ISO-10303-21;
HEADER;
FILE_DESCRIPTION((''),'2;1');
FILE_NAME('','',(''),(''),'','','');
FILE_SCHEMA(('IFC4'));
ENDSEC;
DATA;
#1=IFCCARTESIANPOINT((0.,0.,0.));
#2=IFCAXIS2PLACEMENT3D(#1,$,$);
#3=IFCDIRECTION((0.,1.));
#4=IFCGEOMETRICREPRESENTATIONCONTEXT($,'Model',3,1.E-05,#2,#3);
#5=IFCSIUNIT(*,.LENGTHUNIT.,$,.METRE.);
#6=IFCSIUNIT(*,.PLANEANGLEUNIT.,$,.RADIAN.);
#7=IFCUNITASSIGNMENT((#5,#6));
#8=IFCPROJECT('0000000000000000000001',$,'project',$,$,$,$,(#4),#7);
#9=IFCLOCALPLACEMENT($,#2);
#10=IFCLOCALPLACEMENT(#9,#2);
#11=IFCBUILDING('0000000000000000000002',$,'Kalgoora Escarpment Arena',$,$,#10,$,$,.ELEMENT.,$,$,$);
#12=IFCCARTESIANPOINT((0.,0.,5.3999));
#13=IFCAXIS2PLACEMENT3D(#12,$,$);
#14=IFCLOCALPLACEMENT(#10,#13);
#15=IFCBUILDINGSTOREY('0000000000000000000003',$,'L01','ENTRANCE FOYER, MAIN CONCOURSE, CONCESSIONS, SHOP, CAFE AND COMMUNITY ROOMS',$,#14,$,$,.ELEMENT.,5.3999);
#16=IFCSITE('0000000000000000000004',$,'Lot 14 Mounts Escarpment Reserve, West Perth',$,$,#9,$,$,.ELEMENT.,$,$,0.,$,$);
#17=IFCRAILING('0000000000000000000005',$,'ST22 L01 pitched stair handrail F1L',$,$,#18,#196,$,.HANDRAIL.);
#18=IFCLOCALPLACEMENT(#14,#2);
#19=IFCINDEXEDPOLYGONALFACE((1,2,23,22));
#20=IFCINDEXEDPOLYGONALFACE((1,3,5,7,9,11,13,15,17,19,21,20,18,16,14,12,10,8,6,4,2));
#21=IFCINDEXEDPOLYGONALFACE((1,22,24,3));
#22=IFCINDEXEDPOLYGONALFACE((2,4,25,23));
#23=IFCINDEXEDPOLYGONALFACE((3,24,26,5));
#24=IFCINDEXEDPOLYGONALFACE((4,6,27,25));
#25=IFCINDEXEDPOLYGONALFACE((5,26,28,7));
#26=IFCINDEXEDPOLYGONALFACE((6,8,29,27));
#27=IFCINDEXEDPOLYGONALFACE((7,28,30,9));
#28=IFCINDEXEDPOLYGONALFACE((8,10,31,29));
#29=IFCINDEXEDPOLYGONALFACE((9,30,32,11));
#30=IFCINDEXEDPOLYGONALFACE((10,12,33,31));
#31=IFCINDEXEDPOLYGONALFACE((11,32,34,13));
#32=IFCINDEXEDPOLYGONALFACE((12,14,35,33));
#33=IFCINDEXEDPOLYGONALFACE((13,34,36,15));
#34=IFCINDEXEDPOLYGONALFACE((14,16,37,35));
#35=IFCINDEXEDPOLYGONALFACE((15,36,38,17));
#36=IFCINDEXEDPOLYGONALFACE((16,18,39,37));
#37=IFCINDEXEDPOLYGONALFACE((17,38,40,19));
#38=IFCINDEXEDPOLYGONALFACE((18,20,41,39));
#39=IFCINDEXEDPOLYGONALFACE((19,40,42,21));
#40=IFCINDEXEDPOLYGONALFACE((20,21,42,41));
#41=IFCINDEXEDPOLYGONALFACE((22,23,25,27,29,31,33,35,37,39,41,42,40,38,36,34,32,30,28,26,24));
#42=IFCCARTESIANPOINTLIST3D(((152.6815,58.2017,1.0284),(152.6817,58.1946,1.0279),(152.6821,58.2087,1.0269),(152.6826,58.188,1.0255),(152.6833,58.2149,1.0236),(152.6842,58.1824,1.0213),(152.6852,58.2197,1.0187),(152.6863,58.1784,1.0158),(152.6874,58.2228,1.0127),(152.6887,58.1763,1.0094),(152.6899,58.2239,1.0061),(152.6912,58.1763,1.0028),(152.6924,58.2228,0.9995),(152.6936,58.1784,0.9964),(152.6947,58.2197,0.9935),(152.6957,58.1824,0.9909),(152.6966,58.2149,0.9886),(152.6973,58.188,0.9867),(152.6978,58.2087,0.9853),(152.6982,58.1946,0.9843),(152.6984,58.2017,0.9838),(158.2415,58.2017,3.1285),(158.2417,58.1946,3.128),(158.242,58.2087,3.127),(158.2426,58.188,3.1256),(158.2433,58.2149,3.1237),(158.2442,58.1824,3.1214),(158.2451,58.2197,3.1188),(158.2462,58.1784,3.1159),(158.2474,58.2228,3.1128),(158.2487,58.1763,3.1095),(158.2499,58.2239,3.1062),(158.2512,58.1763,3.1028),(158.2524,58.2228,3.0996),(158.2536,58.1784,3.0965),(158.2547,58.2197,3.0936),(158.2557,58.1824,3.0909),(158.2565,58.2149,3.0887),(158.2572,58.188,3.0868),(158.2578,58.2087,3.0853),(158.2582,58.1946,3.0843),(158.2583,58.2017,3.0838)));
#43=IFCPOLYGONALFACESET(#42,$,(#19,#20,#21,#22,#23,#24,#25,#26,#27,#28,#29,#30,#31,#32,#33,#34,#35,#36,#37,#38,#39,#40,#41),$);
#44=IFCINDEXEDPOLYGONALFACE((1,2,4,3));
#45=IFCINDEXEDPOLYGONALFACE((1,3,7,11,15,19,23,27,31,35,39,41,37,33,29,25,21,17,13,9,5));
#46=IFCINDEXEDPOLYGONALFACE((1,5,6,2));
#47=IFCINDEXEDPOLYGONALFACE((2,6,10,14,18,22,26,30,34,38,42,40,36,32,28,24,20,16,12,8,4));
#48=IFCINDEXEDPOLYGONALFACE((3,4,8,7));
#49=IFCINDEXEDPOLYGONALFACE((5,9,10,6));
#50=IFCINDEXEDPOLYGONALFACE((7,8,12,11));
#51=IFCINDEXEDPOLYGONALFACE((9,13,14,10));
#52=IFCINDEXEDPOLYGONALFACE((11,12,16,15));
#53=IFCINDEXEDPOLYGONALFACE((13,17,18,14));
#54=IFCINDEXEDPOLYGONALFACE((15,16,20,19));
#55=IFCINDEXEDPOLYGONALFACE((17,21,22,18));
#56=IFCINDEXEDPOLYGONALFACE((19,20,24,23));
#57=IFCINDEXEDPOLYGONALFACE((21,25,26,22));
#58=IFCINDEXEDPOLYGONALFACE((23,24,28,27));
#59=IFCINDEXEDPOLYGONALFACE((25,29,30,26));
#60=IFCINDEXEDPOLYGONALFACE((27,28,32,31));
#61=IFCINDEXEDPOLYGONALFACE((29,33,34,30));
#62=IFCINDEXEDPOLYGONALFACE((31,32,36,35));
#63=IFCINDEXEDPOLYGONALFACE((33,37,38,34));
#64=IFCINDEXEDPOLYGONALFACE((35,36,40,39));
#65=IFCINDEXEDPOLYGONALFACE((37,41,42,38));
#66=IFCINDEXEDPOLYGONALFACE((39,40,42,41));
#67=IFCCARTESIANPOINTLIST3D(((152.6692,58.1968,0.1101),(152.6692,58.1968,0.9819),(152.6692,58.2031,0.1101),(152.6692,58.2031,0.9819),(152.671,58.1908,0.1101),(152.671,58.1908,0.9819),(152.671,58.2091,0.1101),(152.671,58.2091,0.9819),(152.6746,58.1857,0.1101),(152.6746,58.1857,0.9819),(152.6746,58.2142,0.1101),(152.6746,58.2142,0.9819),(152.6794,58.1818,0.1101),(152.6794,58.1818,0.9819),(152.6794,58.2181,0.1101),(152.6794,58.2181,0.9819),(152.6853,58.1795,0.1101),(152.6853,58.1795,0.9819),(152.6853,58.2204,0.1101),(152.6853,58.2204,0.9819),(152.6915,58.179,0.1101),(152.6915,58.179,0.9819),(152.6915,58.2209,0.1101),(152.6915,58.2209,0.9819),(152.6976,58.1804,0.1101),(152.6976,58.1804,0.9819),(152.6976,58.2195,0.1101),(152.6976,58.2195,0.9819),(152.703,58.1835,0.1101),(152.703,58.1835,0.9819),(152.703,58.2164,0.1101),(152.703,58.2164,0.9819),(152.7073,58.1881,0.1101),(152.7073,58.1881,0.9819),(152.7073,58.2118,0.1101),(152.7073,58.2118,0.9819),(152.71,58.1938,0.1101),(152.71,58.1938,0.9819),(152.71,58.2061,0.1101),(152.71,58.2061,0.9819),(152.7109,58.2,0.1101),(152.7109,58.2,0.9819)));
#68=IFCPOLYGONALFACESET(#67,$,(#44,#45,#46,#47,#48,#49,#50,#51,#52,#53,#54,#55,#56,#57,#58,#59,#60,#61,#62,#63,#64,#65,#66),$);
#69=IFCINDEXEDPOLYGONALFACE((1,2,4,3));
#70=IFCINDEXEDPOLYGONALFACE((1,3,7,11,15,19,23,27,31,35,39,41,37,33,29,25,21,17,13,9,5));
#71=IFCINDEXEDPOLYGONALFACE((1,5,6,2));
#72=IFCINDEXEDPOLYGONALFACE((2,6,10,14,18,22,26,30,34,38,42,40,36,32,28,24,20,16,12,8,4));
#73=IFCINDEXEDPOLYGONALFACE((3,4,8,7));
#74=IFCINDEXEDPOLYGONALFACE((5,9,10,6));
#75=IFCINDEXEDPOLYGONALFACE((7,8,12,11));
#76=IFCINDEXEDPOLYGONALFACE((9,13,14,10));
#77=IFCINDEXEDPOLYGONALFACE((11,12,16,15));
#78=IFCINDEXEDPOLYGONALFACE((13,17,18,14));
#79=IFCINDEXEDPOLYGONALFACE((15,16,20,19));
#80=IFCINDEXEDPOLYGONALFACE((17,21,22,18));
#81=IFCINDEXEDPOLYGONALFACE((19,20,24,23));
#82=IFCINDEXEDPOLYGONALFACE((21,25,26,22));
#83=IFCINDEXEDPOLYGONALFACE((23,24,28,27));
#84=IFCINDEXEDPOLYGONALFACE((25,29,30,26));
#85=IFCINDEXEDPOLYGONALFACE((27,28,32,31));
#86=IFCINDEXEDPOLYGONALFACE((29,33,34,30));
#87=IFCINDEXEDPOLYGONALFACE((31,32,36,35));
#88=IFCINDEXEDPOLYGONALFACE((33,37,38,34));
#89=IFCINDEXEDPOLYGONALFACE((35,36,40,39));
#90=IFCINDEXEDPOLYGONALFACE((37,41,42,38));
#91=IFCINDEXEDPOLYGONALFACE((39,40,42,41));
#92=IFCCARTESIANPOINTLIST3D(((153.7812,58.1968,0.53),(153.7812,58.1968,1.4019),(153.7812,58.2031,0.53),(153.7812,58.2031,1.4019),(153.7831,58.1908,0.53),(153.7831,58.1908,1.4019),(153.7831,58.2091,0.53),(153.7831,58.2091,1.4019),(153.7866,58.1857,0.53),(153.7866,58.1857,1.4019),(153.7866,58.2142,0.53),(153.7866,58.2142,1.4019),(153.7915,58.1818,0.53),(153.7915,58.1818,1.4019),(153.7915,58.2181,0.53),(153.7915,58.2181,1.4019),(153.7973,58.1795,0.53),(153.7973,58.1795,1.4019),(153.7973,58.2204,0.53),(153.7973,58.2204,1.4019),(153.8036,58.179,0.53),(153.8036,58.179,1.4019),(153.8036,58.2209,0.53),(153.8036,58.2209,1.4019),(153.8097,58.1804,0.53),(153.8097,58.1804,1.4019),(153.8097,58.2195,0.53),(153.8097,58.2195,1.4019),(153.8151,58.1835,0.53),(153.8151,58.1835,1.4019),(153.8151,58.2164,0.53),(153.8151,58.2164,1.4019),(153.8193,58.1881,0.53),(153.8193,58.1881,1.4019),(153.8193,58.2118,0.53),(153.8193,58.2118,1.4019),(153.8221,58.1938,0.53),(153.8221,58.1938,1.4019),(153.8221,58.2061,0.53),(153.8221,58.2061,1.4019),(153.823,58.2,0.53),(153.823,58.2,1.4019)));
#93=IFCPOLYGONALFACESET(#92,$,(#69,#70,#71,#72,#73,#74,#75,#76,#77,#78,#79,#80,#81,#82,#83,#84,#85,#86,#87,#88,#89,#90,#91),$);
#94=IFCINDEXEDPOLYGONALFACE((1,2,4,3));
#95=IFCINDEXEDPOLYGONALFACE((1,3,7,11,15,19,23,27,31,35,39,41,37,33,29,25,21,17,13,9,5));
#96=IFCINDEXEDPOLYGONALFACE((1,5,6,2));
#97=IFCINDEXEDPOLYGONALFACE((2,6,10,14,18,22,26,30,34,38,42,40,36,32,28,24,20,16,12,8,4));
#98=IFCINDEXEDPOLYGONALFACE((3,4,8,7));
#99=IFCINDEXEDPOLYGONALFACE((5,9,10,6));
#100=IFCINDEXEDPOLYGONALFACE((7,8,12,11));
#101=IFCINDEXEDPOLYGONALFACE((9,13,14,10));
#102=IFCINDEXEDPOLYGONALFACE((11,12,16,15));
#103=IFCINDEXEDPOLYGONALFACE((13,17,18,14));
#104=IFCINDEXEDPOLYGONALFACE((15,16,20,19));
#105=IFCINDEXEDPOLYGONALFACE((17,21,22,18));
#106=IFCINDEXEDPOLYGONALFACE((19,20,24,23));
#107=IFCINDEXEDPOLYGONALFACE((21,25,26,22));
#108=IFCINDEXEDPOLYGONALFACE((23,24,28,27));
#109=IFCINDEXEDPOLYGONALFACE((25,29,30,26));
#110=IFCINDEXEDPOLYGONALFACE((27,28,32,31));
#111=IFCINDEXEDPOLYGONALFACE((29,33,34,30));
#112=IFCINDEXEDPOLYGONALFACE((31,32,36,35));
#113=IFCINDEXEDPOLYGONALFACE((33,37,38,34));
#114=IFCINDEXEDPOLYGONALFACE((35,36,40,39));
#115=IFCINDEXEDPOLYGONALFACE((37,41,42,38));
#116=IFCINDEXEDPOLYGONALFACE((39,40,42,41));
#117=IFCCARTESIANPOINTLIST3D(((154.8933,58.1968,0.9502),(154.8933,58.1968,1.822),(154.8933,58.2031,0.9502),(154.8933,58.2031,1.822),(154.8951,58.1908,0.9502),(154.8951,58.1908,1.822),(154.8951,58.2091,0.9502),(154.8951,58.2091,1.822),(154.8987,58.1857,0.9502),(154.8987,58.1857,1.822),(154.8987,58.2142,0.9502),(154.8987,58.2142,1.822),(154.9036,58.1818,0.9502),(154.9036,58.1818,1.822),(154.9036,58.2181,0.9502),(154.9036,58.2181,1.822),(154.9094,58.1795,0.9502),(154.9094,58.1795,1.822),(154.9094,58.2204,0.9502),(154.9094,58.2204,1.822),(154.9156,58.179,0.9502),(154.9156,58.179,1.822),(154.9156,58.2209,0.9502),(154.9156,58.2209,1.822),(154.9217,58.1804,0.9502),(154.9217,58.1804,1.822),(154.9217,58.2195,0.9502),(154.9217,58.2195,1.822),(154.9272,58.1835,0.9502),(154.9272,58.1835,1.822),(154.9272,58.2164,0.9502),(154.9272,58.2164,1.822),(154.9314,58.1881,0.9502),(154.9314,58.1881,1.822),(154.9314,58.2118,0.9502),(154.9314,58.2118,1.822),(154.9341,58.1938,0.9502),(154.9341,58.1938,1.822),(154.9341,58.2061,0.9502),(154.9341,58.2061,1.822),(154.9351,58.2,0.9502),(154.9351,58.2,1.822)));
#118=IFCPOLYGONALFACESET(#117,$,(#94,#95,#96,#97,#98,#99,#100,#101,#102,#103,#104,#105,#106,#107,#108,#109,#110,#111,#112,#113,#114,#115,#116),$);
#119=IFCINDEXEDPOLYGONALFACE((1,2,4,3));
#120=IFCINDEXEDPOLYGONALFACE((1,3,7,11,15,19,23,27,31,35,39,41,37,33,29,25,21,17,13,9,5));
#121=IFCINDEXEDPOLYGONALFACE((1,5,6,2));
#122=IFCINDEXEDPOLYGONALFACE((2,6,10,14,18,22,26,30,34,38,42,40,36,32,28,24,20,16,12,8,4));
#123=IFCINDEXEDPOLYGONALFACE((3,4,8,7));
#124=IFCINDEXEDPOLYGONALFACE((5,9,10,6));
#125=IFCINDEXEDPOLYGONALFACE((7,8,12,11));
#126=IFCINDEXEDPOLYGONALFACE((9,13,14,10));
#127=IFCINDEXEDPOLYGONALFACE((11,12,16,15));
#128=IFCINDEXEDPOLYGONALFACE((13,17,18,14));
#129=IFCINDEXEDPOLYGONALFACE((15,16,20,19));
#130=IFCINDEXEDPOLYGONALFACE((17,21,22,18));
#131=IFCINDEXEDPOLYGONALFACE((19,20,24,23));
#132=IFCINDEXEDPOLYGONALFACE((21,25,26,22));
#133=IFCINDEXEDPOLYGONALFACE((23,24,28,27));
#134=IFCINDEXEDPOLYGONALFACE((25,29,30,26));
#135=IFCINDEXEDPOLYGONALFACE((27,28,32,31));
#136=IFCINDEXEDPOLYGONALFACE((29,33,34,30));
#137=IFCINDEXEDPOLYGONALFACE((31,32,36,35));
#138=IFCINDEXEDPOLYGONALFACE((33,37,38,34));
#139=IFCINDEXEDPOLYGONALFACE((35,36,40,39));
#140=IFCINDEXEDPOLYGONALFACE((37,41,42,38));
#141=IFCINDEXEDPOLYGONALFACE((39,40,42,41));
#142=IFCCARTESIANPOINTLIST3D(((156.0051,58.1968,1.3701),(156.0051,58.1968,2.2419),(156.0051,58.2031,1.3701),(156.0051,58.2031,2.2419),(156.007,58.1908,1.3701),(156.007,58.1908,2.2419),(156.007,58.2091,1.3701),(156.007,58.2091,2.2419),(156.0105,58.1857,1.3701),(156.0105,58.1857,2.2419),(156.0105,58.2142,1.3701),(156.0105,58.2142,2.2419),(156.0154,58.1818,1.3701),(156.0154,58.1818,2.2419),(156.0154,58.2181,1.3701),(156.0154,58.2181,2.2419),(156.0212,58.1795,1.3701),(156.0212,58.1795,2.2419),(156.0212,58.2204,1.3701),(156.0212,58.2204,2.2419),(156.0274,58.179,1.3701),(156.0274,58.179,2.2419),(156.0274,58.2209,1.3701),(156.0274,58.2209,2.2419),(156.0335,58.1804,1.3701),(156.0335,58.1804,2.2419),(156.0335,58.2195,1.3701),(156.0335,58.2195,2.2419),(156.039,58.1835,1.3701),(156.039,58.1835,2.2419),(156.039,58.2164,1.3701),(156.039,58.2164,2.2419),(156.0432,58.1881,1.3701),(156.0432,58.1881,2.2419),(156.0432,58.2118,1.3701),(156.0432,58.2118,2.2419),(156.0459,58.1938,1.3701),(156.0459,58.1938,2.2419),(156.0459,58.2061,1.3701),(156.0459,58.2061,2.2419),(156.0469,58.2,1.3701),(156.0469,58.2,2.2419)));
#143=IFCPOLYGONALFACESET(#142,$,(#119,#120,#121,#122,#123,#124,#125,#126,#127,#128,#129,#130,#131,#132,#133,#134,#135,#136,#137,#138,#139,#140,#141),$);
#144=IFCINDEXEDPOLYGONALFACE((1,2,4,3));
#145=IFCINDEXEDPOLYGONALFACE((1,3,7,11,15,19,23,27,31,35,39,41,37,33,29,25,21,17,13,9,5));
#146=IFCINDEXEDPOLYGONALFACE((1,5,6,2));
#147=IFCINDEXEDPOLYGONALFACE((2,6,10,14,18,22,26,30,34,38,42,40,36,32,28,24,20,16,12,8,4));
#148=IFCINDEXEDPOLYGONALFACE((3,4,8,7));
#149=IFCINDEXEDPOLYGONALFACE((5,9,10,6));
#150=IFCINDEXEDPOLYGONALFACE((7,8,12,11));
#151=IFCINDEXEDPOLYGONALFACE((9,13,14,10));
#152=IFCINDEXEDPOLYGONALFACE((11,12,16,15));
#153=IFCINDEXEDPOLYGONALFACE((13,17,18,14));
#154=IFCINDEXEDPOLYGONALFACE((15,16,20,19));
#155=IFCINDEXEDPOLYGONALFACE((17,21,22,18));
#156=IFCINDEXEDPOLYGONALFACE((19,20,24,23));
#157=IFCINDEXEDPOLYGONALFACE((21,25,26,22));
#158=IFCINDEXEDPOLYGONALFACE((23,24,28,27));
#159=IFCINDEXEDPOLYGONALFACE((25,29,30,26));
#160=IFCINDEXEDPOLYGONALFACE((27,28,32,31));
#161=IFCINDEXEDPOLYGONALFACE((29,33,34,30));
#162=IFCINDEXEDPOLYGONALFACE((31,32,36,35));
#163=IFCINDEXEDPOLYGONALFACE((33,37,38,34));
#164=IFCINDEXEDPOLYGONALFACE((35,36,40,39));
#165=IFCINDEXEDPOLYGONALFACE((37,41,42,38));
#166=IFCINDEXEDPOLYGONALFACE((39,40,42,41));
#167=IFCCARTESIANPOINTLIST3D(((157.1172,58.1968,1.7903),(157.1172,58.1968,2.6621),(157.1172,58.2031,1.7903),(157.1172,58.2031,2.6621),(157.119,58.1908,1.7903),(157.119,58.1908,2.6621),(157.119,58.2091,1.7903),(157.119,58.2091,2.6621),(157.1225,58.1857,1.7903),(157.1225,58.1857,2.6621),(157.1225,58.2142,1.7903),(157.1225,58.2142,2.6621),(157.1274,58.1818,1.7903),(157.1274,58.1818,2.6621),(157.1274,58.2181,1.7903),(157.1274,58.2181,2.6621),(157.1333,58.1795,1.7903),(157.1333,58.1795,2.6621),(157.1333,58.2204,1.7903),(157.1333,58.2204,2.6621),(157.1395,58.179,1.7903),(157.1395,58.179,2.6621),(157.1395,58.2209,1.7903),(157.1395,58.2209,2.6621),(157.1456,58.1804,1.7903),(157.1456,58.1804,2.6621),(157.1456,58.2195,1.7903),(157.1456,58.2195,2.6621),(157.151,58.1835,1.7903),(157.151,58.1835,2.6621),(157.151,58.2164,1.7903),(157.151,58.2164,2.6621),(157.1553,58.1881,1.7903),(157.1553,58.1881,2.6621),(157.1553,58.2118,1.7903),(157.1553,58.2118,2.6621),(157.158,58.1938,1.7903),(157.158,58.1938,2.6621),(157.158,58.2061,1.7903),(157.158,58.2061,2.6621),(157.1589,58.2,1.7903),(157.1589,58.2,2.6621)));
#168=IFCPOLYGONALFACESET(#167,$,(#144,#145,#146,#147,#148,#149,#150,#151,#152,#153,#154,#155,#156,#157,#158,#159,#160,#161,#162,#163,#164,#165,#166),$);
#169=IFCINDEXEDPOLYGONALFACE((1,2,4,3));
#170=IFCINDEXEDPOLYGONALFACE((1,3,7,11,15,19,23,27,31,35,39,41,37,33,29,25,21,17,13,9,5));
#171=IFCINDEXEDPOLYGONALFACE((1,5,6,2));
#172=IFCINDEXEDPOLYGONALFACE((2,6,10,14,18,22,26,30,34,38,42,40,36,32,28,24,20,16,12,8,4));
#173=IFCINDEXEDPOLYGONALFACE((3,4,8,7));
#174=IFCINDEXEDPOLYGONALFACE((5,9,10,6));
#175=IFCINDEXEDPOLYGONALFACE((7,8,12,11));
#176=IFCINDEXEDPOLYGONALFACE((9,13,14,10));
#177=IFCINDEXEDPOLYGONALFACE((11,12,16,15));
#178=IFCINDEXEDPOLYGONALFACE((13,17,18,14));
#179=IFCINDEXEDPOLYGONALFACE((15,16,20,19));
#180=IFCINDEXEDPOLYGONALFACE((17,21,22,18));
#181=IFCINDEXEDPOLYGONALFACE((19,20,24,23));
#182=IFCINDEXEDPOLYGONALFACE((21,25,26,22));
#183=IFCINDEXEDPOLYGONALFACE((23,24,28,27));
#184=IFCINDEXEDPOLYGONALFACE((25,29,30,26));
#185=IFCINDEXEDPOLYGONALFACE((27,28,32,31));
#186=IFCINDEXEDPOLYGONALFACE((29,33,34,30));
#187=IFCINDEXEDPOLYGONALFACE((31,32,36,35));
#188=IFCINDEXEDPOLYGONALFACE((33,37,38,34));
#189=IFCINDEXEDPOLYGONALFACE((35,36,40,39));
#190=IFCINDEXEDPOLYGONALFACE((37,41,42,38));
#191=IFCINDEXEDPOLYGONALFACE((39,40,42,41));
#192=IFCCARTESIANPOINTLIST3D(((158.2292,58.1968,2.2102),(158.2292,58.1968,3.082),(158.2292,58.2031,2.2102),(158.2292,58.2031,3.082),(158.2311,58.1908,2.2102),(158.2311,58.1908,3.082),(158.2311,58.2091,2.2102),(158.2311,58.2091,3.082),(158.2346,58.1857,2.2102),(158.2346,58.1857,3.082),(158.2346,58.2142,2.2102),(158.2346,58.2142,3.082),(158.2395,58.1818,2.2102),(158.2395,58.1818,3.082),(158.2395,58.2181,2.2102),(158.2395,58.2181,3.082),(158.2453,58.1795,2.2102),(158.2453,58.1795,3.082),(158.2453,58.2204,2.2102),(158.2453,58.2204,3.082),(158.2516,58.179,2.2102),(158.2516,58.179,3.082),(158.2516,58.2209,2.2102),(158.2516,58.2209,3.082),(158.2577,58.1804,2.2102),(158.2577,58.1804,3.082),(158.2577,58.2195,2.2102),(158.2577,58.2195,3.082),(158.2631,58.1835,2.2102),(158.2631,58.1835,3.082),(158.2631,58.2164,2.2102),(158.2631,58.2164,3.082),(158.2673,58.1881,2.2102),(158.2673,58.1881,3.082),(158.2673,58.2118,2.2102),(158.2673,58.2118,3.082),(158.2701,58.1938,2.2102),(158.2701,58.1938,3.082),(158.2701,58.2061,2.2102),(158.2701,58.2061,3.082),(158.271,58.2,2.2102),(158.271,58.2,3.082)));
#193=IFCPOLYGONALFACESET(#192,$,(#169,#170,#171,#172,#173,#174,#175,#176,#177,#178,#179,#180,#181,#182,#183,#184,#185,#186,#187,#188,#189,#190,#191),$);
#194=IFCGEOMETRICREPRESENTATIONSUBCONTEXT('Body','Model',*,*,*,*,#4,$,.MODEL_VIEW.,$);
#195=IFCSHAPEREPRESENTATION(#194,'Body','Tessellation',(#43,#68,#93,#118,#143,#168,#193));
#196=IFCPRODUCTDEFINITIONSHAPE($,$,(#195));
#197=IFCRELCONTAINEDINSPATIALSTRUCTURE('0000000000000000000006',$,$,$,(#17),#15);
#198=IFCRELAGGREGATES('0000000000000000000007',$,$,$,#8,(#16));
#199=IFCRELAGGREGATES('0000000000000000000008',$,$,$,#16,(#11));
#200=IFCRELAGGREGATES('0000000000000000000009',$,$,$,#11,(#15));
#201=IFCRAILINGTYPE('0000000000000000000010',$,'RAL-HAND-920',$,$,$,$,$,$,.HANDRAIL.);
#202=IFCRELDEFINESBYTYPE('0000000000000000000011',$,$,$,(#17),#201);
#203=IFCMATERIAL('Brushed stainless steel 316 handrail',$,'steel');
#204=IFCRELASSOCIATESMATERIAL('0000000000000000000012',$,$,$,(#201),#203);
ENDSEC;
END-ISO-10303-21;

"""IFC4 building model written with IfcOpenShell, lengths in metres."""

from ifc_helpers import new_model, si_unit, direction, frame, origin, origin_2d, place, context, subcontext, project, spatial, circle, extrude, material, type_object, element, save


model = new_model("IFC4")

# Units and contexts
model_context = context("Model", 3, precision=1e-05, world=origin(), true_north=direction((0.0, 1.0)))
body_context = subcontext(model_context, "Body", "Model", "MODEL_VIEW")
ifc_project = project(units=[si_unit("LENGTHUNIT", "METRE"), si_unit("PLANEANGLEUNIT", "RADIAN")], contexts=[model_context])

# Site, building, storey
site_placement = place(None, origin())
site = spatial("IfcSite", under=ifc_project, at=site_placement, Name="Lot 14 Mounts Escarpment Reserve, West Perth", CompositionType="ELEMENT", RefElevation=0.0)
building_placement = place(site_placement, origin())
building = spatial("IfcBuilding", under=site, at=building_placement, Name="Kalgoora Escarpment Arena", CompositionType="ELEMENT")
storey_placement = place(building_placement, frame((0.0, 0.0, 5.3999)))
storey = spatial("IfcBuildingStorey", under=building, at=storey_placement, Name="L01", Description="ENTRANCE FOYER, MAIN CONCOURSE, CONCESSIONS, SHOP, CAFE AND COMMUNITY ROOMS", CompositionType="ELEMENT", Elevation=5.3999)

# Railing
ifc_material_1 = material(Name="Brushed stainless steel 316 handrail", Category="steel")
railing_type_1 = type_object("IfcRailingType", Name="RAL-HAND-920", PredefinedType="HANDRAIL", material=ifc_material_1)
for number, where, name in (
    (1, (152.6899, 58.2, 0.1101), "ST22 L01 pitched stair handrail F1L"),
):
    element("IfcRailing", number, at=place(storey_placement, frame(where)), inside=storey, type_object=railing_type_1, Name=name, PredefinedType="HANDRAIL", context=body_context, shape_type="SweptSolid", body=[
        extrude(circle(Radius=0.0239, at=origin_2d()), frame((0.0, 0.0, 0.896), z_axis=(0.935493, 0.0, 0.353346), x_axis=(0.0, 1.0, 0.0)), (0.0, 0.0, 1.0), 5.9434),
        extrude(circle(Radius=0.021, at=origin_2d()), origin(), (0.0, 0.0, 1.0), 0.8718),
        extrude(circle(Radius=0.021, at=origin_2d()), frame((1.1121, 0.0, 0.4199)), (0.0, 0.0, 1.0), 0.8718),
        extrude(circle(Radius=0.021, at=origin_2d()), frame((2.2241, 0.0, 0.8401)), (0.0, 0.0, 1.0), 0.8718),
        extrude(circle(Radius=0.021, at=origin_2d()), frame((3.3359, 0.0, 1.26)), (0.0, 0.0, 1.0), 0.8718),
        extrude(circle(Radius=0.021, at=origin_2d()), frame((4.448, 0.0, 1.6802)), (0.0, 0.0, 1.0), 0.8718),
        extrude(circle(Radius=0.021, at=origin_2d()), frame((5.5601, 0.0, 2.1001)), (0.0, 0.0, 1.0), 0.8718),
    ])

save(model, "model.ifc")
